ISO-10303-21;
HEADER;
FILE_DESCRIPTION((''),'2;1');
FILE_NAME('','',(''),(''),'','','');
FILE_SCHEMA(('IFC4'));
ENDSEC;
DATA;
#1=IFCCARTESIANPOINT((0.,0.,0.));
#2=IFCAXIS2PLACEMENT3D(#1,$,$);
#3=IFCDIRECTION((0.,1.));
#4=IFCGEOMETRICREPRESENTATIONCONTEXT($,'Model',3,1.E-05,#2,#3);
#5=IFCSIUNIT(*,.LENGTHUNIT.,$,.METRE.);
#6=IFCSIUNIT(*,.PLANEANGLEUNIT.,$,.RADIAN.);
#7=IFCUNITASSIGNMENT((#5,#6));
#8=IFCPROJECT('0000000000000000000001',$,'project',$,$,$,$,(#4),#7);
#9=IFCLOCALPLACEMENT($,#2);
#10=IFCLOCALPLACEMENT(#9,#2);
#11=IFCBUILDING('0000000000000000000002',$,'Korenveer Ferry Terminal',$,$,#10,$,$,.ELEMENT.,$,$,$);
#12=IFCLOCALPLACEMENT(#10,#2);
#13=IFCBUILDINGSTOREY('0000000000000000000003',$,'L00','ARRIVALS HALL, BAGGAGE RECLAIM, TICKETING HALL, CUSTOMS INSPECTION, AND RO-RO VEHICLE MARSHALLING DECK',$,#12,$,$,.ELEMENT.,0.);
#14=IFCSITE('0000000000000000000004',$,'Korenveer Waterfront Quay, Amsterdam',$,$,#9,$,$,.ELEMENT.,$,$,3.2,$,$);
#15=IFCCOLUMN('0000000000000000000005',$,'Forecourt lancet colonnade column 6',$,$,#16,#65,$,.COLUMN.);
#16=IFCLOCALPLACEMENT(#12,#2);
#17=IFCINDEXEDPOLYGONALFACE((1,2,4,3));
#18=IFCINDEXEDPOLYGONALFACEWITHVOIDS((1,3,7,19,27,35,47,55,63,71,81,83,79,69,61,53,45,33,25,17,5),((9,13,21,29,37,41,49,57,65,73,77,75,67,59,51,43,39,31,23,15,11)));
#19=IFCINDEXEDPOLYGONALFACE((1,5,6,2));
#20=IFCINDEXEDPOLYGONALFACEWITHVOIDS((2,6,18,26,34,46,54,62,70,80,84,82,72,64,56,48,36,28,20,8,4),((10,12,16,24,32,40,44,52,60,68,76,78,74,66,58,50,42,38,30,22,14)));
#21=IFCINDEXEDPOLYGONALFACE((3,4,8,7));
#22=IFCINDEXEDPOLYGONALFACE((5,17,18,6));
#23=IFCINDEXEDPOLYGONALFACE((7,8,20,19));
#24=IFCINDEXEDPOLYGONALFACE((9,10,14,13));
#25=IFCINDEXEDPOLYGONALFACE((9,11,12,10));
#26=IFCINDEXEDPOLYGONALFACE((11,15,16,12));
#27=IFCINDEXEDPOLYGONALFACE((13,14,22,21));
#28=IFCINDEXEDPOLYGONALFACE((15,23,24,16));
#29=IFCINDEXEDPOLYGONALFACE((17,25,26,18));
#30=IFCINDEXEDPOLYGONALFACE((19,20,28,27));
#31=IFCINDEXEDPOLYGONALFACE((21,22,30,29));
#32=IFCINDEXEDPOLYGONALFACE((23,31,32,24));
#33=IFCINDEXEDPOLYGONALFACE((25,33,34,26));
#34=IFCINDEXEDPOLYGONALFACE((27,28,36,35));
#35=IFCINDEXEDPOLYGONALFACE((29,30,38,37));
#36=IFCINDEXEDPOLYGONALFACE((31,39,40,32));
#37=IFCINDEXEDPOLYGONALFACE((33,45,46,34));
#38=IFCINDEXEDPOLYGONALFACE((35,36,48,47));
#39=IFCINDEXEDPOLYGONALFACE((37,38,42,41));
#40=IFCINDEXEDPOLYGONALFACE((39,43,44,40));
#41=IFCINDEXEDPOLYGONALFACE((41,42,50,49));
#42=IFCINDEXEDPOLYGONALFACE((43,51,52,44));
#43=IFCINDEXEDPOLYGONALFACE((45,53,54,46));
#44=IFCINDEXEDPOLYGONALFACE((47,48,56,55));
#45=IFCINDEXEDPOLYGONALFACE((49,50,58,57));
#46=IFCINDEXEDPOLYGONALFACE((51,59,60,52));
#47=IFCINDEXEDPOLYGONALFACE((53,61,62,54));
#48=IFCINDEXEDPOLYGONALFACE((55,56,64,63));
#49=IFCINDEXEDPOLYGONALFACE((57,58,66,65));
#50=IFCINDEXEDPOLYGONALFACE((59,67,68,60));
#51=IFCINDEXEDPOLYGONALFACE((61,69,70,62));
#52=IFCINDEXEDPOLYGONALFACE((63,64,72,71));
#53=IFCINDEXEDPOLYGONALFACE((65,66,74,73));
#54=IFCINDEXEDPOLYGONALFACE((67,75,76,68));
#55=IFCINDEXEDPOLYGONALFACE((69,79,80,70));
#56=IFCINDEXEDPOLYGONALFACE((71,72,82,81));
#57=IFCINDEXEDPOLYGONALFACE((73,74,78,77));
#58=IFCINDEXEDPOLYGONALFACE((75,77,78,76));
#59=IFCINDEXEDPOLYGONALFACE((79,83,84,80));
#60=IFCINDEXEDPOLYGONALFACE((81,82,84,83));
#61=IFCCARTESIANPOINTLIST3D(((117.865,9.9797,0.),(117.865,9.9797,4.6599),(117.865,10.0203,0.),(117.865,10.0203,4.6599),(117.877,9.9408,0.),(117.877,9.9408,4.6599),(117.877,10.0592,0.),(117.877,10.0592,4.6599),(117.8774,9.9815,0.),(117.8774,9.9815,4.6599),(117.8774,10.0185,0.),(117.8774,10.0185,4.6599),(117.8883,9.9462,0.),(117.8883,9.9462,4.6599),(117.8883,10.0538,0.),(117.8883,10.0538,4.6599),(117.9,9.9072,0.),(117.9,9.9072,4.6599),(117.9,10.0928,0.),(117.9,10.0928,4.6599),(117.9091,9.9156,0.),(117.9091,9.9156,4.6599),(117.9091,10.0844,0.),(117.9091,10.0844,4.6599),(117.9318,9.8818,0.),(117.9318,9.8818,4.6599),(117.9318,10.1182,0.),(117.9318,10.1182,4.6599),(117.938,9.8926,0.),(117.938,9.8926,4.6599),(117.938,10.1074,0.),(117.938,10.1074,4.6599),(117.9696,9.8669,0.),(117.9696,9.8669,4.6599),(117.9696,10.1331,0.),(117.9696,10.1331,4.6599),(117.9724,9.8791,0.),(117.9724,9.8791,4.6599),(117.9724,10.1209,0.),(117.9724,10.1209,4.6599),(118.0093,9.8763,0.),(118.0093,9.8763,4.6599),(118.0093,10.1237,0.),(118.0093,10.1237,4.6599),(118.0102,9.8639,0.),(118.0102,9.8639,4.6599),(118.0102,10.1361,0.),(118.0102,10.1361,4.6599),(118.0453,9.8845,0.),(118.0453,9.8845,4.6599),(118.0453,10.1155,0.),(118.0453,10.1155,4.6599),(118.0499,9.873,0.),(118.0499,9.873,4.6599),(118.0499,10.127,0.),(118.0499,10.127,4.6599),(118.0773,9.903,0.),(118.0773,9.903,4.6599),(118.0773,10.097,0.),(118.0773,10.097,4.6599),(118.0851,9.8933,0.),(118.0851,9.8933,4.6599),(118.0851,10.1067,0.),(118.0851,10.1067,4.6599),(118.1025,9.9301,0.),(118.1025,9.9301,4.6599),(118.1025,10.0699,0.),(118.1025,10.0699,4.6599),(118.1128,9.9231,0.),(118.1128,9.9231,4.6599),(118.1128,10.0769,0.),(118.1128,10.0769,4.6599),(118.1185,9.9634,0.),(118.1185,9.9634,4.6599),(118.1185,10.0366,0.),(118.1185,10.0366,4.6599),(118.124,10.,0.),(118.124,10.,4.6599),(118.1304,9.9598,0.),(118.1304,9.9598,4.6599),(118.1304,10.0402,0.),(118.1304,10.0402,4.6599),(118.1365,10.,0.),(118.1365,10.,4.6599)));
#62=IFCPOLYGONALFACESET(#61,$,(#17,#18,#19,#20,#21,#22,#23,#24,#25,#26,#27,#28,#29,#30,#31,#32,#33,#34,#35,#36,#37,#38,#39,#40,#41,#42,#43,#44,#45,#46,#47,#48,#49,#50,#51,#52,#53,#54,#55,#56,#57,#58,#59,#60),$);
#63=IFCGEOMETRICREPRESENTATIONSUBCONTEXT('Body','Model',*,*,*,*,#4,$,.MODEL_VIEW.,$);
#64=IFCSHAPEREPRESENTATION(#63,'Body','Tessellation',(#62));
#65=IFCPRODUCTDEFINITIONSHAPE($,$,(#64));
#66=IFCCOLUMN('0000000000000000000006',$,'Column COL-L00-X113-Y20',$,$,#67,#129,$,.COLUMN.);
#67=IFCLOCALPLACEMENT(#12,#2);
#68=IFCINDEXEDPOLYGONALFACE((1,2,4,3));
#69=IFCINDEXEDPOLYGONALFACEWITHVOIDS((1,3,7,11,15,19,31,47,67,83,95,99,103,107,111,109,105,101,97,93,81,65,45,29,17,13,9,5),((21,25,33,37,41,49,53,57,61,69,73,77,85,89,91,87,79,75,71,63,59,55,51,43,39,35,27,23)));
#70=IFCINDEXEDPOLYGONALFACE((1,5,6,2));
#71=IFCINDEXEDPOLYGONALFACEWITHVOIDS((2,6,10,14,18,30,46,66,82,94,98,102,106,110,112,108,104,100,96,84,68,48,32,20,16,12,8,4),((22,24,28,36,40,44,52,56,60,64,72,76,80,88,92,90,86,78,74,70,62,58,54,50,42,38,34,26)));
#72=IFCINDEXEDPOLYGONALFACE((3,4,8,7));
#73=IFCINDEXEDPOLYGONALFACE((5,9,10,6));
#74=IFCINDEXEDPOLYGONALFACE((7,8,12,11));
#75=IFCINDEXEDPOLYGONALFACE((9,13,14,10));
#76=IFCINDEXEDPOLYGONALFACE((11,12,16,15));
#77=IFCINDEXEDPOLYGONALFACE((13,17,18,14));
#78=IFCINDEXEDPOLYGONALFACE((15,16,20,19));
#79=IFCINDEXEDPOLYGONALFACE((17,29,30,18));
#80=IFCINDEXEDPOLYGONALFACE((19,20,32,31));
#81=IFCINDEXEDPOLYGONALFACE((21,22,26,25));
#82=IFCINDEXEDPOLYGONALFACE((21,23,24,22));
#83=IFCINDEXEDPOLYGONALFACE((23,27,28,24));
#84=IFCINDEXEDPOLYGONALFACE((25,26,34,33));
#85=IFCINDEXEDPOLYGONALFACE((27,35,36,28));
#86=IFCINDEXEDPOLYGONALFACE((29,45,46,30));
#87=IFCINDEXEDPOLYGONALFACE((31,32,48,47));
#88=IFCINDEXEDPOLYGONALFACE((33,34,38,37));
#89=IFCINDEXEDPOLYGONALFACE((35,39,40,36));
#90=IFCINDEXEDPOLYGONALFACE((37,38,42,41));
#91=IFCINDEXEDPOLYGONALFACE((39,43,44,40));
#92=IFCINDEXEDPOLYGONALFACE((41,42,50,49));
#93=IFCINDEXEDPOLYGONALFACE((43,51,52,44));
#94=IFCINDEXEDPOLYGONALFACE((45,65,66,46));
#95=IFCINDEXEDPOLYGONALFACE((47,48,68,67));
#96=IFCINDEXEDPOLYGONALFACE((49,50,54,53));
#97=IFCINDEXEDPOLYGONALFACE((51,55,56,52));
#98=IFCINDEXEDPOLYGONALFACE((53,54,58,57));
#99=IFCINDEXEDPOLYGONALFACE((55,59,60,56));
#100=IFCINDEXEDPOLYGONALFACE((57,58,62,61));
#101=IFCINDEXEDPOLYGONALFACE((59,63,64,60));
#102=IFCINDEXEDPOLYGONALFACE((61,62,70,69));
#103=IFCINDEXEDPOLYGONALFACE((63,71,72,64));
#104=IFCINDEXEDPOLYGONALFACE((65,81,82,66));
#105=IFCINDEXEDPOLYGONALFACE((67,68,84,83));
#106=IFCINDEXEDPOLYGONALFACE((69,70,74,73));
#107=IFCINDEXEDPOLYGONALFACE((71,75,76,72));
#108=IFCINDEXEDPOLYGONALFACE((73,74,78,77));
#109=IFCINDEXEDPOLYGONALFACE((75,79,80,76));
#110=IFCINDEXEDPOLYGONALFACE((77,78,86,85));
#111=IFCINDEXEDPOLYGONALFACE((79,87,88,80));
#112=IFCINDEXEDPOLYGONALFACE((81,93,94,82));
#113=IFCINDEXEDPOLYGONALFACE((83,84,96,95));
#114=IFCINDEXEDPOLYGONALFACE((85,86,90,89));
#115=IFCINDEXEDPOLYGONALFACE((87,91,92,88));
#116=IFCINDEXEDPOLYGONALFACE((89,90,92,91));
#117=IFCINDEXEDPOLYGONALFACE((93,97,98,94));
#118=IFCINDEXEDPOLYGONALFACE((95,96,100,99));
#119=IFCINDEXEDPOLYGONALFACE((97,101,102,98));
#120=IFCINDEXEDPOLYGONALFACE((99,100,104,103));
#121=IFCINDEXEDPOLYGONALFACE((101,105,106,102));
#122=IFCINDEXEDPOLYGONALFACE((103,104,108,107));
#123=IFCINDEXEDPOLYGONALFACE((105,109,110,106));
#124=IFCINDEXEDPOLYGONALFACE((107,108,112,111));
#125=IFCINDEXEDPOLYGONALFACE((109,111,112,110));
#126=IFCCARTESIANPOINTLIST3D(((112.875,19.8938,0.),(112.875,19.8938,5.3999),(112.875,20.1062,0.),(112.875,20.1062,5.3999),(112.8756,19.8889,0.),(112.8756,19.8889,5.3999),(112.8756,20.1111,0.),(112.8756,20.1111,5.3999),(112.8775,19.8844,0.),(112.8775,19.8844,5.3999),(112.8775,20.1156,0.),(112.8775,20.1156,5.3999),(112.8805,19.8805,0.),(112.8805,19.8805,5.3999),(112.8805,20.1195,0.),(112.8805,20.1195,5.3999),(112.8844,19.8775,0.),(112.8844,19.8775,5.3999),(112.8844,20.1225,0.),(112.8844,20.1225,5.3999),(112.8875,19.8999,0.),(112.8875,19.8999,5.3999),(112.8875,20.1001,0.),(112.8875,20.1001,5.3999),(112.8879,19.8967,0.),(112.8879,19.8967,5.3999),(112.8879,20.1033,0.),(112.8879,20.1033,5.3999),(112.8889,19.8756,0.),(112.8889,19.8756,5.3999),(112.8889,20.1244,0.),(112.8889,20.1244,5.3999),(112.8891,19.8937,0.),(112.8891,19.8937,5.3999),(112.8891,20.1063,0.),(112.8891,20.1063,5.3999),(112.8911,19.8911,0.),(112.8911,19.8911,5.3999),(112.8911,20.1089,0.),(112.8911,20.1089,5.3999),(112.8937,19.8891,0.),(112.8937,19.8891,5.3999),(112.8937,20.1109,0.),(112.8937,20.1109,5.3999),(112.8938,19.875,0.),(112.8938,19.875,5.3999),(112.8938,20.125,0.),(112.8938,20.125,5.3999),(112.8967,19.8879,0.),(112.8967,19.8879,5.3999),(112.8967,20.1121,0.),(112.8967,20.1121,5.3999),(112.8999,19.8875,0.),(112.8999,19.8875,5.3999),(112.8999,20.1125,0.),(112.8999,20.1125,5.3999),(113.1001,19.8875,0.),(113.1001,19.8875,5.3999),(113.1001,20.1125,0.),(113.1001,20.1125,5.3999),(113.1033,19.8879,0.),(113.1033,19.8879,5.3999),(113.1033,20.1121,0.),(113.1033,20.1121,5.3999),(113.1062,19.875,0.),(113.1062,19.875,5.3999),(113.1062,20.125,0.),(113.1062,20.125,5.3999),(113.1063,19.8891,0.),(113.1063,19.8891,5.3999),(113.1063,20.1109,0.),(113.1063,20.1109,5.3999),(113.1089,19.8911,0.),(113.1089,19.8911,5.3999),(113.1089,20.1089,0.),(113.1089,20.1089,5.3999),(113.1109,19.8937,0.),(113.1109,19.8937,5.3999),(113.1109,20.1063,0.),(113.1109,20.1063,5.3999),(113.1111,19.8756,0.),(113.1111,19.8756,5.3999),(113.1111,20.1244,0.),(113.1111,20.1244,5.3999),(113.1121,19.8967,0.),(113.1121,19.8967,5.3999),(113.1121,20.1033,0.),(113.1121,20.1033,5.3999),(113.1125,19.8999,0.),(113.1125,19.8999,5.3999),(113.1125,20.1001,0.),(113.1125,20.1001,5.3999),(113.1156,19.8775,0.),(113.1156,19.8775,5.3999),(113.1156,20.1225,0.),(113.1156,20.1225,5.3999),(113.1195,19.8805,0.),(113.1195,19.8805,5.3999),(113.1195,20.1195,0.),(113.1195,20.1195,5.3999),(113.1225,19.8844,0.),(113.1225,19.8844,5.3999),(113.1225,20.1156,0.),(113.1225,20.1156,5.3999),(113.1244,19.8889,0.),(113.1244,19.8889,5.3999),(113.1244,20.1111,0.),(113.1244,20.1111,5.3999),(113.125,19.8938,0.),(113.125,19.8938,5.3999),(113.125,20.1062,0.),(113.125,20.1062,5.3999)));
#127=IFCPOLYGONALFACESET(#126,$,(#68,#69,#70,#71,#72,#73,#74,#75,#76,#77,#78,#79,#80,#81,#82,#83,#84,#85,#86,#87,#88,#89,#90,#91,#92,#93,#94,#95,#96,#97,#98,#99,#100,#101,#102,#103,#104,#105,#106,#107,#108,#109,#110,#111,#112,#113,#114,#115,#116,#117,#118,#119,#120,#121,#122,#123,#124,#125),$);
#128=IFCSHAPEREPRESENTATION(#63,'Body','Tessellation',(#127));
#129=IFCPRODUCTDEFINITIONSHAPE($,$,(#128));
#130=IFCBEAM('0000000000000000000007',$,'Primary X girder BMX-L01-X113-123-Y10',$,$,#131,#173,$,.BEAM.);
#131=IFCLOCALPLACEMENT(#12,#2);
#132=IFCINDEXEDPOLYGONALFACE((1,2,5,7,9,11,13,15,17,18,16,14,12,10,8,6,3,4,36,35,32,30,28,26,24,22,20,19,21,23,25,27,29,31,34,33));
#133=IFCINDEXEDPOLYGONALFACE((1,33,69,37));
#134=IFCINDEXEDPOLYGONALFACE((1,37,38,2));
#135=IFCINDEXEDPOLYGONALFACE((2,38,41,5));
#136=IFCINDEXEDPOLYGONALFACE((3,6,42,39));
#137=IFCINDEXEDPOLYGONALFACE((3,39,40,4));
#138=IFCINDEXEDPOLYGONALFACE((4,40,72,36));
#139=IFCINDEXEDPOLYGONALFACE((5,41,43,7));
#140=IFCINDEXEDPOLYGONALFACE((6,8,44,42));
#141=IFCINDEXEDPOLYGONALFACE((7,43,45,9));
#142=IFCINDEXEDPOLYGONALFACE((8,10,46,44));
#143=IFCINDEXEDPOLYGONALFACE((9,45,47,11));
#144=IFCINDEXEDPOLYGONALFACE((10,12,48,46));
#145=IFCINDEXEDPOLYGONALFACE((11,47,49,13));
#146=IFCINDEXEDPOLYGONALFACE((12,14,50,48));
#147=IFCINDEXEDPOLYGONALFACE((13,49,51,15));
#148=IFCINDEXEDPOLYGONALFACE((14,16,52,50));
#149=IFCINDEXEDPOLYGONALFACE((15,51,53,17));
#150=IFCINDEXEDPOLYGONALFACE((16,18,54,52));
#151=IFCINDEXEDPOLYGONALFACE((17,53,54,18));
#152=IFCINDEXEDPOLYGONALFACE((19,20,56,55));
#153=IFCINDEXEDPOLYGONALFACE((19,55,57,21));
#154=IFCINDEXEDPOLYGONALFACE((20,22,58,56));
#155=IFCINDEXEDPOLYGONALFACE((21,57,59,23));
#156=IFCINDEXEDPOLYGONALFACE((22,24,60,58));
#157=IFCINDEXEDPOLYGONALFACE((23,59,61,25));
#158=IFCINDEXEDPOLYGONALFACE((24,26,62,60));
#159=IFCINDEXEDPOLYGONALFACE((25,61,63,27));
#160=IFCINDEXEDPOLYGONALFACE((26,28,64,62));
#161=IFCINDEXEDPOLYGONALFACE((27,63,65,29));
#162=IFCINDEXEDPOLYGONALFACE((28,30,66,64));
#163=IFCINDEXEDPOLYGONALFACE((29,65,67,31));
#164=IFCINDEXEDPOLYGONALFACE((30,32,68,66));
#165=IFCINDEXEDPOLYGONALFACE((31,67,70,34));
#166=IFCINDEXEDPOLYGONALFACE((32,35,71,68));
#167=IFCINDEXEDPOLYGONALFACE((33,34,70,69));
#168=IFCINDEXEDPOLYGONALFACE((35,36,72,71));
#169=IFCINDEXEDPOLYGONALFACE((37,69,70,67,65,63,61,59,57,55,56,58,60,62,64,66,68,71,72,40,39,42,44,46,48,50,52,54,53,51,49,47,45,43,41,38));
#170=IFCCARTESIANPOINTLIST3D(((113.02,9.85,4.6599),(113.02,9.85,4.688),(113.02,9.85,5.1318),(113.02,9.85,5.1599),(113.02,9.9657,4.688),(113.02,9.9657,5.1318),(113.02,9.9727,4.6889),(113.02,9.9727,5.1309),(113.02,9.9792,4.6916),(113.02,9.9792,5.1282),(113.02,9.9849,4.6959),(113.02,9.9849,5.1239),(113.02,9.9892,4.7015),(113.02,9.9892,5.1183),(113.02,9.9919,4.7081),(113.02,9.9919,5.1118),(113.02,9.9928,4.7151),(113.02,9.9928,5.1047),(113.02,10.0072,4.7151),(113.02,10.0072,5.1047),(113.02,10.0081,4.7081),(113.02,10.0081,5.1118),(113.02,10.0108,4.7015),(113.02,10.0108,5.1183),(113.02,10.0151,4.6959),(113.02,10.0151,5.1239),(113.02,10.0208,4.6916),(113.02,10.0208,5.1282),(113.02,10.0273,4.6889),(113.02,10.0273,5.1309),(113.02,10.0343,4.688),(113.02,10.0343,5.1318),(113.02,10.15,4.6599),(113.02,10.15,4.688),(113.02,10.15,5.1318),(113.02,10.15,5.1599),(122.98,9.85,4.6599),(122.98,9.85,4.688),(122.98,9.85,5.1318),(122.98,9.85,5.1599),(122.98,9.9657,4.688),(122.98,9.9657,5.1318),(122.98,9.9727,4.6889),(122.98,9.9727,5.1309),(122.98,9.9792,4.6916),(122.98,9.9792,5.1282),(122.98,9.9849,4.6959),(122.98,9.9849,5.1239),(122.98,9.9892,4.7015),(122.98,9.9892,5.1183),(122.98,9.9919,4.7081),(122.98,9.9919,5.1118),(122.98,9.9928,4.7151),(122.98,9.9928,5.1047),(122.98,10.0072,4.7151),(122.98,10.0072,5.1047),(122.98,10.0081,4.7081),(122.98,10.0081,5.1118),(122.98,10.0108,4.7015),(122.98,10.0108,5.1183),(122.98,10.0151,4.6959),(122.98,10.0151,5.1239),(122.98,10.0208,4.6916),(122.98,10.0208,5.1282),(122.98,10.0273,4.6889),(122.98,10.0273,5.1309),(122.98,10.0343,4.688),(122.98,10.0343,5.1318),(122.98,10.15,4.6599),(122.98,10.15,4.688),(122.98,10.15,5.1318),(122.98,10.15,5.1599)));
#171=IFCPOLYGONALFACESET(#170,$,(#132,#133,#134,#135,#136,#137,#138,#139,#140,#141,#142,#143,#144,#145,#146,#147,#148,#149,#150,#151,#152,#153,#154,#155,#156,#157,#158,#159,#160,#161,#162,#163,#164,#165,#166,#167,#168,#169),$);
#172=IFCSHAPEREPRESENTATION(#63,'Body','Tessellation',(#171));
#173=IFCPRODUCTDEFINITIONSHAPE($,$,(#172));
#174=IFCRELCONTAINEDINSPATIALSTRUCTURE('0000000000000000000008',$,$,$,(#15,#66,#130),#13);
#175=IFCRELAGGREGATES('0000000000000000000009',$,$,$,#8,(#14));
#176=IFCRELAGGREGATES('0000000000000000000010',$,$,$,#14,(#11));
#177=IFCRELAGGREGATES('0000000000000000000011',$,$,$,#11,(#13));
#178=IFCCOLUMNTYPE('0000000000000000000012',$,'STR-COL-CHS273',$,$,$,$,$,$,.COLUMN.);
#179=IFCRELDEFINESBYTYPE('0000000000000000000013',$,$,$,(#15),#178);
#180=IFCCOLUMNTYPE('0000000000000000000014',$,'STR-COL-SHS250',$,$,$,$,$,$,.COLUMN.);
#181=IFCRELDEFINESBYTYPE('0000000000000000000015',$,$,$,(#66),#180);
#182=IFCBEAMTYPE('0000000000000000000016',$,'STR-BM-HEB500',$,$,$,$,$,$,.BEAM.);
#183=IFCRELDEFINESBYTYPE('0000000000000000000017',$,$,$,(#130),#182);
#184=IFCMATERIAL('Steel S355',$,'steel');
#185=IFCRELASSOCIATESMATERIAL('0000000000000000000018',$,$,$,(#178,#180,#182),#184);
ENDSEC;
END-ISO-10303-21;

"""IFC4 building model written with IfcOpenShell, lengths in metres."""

from ifc_helpers import new_model, si_unit, direction, frame, origin, origin_2d, place, context, subcontext, project, spatial, hollow_rectangle, hollow_circle, i_section, extrude, material, material_profile, profile_set, type_object, element, save


model = new_model("IFC4")

# Units and contexts
model_context = context("Model", 3, precision=1e-05, world=origin(), true_north=direction((0.0, 1.0)))
body_context = subcontext(model_context, "Body", "Model", "MODEL_VIEW")
ifc_project = project(units=[si_unit("LENGTHUNIT", "METRE"), si_unit("PLANEANGLEUNIT", "RADIAN")], contexts=[model_context])

# Site, building, storey
site_placement = place(None, origin())
site = spatial("IfcSite", under=ifc_project, at=site_placement, Name="Korenveer Waterfront Quay, Amsterdam", CompositionType="ELEMENT", RefElevation=3.2)
building_placement = place(site_placement, origin())
building = spatial("IfcBuilding", under=site, at=building_placement, Name="Korenveer Ferry Terminal", CompositionType="ELEMENT")
storey_placement = place(building_placement, origin())
storey = spatial("IfcBuildingStorey", under=building, at=storey_placement, Name="L00", Description="ARRIVALS HALL, BAGGAGE RECLAIM, TICKETING HALL, CUSTOMS INSPECTION, AND RO-RO VEHICLE MARSHALLING DECK", CompositionType="ELEMENT", Elevation=0.0)

# Columns
ifc_material_1 = material(Name="Steel S355", Category="steel")
ifc_material_profile_1 = material_profile(ifc_material_1, hollow_circle(Radius=0.1365, WallThickness=0.0125, at=origin_2d()), Name="CHS 273x12.5")
ifc_profile_set_1 = profile_set([ifc_material_profile_1], Name="Steel S355")
column_type_1 = type_object("IfcColumnType", Name="STR-COL-CHS273", PredefinedType="COLUMN", material=ifc_profile_set_1)
column_1_placement = place(storey_placement, frame((118.0, 10.0, 0.0), z_axis=(0.0, 0.0, 1.0), x_axis=(1.0, 0.0, 0.0)))
element("IfcColumn", 1, at=column_1_placement, inside=storey, type_object=column_type_1, Name="Forecourt lancet colonnade column 6", PredefinedType="COLUMN", context=body_context, shape_type="SweptSolid", body=[
    extrude(hollow_circle(Radius=0.1365, WallThickness=0.0125, at=origin_2d()), origin(), (0.0, 0.0, 1.0), 4.6599),
])
ifc_material_profile_2 = material_profile(ifc_material_1, hollow_rectangle(XDim=0.25, YDim=0.25, WallThickness=0.0125, InnerFilletRadius=0.0125, OuterFilletRadius=0.0188, at=origin_2d()), Name="SHS 250x250x12.5")
ifc_profile_set_2 = profile_set([ifc_material_profile_2], Name="Steel S355")
column_type_2 = type_object("IfcColumnType", Name="STR-COL-SHS250", PredefinedType="COLUMN", material=ifc_profile_set_2)
column_2_placement = place(storey_placement, frame((113.0, 20.0, 0.0), z_axis=(0.0, 0.0, 1.0), x_axis=(1.0, 0.0, 0.0)))
element("IfcColumn", 2, at=column_2_placement, inside=storey, type_object=column_type_2, Name="Column COL-L00-X113-Y20", PredefinedType="COLUMN", context=body_context, shape_type="SweptSolid", body=[
    extrude(hollow_rectangle(XDim=0.25, YDim=0.25, WallThickness=0.0125, InnerFilletRadius=0.0125, OuterFilletRadius=0.0188, at=origin_2d()), origin(), (0.0, 0.0, 1.0), 5.3999),
])

# Beam
ifc_material_profile_3 = material_profile(ifc_material_1, i_section(OverallWidth=0.3, OverallDepth=0.5, WebThickness=0.0144, FlangeThickness=0.0281, FilletRadius=0.0271, at=origin_2d()), Name="HEB 500")
ifc_profile_set_3 = profile_set([ifc_material_profile_3], Name="Steel S355")
beam_type_1 = type_object("IfcBeamType", Name="STR-BM-HEB500", PredefinedType="BEAM", material=ifc_profile_set_3)
beam_1_placement = place(storey_placement, frame((113.02, 10.0, 4.9099), z_axis=(1.0, 0.0, 0.0), x_axis=(0.0, 1.0, 0.0)))
element("IfcBeam", 3, at=beam_1_placement, inside=storey, type_object=beam_type_1, Name="Primary X girder BMX-L01-X113-123-Y10", PredefinedType="BEAM", context=body_context, shape_type="SweptSolid", body=[
    extrude(i_section(OverallWidth=0.3, OverallDepth=0.5, WebThickness=0.0144, FlangeThickness=0.0281, FilletRadius=0.0271, at=origin_2d()), origin(), (0.0, 0.0, 1.0), 9.96),
])

save(model, "model.ifc")
